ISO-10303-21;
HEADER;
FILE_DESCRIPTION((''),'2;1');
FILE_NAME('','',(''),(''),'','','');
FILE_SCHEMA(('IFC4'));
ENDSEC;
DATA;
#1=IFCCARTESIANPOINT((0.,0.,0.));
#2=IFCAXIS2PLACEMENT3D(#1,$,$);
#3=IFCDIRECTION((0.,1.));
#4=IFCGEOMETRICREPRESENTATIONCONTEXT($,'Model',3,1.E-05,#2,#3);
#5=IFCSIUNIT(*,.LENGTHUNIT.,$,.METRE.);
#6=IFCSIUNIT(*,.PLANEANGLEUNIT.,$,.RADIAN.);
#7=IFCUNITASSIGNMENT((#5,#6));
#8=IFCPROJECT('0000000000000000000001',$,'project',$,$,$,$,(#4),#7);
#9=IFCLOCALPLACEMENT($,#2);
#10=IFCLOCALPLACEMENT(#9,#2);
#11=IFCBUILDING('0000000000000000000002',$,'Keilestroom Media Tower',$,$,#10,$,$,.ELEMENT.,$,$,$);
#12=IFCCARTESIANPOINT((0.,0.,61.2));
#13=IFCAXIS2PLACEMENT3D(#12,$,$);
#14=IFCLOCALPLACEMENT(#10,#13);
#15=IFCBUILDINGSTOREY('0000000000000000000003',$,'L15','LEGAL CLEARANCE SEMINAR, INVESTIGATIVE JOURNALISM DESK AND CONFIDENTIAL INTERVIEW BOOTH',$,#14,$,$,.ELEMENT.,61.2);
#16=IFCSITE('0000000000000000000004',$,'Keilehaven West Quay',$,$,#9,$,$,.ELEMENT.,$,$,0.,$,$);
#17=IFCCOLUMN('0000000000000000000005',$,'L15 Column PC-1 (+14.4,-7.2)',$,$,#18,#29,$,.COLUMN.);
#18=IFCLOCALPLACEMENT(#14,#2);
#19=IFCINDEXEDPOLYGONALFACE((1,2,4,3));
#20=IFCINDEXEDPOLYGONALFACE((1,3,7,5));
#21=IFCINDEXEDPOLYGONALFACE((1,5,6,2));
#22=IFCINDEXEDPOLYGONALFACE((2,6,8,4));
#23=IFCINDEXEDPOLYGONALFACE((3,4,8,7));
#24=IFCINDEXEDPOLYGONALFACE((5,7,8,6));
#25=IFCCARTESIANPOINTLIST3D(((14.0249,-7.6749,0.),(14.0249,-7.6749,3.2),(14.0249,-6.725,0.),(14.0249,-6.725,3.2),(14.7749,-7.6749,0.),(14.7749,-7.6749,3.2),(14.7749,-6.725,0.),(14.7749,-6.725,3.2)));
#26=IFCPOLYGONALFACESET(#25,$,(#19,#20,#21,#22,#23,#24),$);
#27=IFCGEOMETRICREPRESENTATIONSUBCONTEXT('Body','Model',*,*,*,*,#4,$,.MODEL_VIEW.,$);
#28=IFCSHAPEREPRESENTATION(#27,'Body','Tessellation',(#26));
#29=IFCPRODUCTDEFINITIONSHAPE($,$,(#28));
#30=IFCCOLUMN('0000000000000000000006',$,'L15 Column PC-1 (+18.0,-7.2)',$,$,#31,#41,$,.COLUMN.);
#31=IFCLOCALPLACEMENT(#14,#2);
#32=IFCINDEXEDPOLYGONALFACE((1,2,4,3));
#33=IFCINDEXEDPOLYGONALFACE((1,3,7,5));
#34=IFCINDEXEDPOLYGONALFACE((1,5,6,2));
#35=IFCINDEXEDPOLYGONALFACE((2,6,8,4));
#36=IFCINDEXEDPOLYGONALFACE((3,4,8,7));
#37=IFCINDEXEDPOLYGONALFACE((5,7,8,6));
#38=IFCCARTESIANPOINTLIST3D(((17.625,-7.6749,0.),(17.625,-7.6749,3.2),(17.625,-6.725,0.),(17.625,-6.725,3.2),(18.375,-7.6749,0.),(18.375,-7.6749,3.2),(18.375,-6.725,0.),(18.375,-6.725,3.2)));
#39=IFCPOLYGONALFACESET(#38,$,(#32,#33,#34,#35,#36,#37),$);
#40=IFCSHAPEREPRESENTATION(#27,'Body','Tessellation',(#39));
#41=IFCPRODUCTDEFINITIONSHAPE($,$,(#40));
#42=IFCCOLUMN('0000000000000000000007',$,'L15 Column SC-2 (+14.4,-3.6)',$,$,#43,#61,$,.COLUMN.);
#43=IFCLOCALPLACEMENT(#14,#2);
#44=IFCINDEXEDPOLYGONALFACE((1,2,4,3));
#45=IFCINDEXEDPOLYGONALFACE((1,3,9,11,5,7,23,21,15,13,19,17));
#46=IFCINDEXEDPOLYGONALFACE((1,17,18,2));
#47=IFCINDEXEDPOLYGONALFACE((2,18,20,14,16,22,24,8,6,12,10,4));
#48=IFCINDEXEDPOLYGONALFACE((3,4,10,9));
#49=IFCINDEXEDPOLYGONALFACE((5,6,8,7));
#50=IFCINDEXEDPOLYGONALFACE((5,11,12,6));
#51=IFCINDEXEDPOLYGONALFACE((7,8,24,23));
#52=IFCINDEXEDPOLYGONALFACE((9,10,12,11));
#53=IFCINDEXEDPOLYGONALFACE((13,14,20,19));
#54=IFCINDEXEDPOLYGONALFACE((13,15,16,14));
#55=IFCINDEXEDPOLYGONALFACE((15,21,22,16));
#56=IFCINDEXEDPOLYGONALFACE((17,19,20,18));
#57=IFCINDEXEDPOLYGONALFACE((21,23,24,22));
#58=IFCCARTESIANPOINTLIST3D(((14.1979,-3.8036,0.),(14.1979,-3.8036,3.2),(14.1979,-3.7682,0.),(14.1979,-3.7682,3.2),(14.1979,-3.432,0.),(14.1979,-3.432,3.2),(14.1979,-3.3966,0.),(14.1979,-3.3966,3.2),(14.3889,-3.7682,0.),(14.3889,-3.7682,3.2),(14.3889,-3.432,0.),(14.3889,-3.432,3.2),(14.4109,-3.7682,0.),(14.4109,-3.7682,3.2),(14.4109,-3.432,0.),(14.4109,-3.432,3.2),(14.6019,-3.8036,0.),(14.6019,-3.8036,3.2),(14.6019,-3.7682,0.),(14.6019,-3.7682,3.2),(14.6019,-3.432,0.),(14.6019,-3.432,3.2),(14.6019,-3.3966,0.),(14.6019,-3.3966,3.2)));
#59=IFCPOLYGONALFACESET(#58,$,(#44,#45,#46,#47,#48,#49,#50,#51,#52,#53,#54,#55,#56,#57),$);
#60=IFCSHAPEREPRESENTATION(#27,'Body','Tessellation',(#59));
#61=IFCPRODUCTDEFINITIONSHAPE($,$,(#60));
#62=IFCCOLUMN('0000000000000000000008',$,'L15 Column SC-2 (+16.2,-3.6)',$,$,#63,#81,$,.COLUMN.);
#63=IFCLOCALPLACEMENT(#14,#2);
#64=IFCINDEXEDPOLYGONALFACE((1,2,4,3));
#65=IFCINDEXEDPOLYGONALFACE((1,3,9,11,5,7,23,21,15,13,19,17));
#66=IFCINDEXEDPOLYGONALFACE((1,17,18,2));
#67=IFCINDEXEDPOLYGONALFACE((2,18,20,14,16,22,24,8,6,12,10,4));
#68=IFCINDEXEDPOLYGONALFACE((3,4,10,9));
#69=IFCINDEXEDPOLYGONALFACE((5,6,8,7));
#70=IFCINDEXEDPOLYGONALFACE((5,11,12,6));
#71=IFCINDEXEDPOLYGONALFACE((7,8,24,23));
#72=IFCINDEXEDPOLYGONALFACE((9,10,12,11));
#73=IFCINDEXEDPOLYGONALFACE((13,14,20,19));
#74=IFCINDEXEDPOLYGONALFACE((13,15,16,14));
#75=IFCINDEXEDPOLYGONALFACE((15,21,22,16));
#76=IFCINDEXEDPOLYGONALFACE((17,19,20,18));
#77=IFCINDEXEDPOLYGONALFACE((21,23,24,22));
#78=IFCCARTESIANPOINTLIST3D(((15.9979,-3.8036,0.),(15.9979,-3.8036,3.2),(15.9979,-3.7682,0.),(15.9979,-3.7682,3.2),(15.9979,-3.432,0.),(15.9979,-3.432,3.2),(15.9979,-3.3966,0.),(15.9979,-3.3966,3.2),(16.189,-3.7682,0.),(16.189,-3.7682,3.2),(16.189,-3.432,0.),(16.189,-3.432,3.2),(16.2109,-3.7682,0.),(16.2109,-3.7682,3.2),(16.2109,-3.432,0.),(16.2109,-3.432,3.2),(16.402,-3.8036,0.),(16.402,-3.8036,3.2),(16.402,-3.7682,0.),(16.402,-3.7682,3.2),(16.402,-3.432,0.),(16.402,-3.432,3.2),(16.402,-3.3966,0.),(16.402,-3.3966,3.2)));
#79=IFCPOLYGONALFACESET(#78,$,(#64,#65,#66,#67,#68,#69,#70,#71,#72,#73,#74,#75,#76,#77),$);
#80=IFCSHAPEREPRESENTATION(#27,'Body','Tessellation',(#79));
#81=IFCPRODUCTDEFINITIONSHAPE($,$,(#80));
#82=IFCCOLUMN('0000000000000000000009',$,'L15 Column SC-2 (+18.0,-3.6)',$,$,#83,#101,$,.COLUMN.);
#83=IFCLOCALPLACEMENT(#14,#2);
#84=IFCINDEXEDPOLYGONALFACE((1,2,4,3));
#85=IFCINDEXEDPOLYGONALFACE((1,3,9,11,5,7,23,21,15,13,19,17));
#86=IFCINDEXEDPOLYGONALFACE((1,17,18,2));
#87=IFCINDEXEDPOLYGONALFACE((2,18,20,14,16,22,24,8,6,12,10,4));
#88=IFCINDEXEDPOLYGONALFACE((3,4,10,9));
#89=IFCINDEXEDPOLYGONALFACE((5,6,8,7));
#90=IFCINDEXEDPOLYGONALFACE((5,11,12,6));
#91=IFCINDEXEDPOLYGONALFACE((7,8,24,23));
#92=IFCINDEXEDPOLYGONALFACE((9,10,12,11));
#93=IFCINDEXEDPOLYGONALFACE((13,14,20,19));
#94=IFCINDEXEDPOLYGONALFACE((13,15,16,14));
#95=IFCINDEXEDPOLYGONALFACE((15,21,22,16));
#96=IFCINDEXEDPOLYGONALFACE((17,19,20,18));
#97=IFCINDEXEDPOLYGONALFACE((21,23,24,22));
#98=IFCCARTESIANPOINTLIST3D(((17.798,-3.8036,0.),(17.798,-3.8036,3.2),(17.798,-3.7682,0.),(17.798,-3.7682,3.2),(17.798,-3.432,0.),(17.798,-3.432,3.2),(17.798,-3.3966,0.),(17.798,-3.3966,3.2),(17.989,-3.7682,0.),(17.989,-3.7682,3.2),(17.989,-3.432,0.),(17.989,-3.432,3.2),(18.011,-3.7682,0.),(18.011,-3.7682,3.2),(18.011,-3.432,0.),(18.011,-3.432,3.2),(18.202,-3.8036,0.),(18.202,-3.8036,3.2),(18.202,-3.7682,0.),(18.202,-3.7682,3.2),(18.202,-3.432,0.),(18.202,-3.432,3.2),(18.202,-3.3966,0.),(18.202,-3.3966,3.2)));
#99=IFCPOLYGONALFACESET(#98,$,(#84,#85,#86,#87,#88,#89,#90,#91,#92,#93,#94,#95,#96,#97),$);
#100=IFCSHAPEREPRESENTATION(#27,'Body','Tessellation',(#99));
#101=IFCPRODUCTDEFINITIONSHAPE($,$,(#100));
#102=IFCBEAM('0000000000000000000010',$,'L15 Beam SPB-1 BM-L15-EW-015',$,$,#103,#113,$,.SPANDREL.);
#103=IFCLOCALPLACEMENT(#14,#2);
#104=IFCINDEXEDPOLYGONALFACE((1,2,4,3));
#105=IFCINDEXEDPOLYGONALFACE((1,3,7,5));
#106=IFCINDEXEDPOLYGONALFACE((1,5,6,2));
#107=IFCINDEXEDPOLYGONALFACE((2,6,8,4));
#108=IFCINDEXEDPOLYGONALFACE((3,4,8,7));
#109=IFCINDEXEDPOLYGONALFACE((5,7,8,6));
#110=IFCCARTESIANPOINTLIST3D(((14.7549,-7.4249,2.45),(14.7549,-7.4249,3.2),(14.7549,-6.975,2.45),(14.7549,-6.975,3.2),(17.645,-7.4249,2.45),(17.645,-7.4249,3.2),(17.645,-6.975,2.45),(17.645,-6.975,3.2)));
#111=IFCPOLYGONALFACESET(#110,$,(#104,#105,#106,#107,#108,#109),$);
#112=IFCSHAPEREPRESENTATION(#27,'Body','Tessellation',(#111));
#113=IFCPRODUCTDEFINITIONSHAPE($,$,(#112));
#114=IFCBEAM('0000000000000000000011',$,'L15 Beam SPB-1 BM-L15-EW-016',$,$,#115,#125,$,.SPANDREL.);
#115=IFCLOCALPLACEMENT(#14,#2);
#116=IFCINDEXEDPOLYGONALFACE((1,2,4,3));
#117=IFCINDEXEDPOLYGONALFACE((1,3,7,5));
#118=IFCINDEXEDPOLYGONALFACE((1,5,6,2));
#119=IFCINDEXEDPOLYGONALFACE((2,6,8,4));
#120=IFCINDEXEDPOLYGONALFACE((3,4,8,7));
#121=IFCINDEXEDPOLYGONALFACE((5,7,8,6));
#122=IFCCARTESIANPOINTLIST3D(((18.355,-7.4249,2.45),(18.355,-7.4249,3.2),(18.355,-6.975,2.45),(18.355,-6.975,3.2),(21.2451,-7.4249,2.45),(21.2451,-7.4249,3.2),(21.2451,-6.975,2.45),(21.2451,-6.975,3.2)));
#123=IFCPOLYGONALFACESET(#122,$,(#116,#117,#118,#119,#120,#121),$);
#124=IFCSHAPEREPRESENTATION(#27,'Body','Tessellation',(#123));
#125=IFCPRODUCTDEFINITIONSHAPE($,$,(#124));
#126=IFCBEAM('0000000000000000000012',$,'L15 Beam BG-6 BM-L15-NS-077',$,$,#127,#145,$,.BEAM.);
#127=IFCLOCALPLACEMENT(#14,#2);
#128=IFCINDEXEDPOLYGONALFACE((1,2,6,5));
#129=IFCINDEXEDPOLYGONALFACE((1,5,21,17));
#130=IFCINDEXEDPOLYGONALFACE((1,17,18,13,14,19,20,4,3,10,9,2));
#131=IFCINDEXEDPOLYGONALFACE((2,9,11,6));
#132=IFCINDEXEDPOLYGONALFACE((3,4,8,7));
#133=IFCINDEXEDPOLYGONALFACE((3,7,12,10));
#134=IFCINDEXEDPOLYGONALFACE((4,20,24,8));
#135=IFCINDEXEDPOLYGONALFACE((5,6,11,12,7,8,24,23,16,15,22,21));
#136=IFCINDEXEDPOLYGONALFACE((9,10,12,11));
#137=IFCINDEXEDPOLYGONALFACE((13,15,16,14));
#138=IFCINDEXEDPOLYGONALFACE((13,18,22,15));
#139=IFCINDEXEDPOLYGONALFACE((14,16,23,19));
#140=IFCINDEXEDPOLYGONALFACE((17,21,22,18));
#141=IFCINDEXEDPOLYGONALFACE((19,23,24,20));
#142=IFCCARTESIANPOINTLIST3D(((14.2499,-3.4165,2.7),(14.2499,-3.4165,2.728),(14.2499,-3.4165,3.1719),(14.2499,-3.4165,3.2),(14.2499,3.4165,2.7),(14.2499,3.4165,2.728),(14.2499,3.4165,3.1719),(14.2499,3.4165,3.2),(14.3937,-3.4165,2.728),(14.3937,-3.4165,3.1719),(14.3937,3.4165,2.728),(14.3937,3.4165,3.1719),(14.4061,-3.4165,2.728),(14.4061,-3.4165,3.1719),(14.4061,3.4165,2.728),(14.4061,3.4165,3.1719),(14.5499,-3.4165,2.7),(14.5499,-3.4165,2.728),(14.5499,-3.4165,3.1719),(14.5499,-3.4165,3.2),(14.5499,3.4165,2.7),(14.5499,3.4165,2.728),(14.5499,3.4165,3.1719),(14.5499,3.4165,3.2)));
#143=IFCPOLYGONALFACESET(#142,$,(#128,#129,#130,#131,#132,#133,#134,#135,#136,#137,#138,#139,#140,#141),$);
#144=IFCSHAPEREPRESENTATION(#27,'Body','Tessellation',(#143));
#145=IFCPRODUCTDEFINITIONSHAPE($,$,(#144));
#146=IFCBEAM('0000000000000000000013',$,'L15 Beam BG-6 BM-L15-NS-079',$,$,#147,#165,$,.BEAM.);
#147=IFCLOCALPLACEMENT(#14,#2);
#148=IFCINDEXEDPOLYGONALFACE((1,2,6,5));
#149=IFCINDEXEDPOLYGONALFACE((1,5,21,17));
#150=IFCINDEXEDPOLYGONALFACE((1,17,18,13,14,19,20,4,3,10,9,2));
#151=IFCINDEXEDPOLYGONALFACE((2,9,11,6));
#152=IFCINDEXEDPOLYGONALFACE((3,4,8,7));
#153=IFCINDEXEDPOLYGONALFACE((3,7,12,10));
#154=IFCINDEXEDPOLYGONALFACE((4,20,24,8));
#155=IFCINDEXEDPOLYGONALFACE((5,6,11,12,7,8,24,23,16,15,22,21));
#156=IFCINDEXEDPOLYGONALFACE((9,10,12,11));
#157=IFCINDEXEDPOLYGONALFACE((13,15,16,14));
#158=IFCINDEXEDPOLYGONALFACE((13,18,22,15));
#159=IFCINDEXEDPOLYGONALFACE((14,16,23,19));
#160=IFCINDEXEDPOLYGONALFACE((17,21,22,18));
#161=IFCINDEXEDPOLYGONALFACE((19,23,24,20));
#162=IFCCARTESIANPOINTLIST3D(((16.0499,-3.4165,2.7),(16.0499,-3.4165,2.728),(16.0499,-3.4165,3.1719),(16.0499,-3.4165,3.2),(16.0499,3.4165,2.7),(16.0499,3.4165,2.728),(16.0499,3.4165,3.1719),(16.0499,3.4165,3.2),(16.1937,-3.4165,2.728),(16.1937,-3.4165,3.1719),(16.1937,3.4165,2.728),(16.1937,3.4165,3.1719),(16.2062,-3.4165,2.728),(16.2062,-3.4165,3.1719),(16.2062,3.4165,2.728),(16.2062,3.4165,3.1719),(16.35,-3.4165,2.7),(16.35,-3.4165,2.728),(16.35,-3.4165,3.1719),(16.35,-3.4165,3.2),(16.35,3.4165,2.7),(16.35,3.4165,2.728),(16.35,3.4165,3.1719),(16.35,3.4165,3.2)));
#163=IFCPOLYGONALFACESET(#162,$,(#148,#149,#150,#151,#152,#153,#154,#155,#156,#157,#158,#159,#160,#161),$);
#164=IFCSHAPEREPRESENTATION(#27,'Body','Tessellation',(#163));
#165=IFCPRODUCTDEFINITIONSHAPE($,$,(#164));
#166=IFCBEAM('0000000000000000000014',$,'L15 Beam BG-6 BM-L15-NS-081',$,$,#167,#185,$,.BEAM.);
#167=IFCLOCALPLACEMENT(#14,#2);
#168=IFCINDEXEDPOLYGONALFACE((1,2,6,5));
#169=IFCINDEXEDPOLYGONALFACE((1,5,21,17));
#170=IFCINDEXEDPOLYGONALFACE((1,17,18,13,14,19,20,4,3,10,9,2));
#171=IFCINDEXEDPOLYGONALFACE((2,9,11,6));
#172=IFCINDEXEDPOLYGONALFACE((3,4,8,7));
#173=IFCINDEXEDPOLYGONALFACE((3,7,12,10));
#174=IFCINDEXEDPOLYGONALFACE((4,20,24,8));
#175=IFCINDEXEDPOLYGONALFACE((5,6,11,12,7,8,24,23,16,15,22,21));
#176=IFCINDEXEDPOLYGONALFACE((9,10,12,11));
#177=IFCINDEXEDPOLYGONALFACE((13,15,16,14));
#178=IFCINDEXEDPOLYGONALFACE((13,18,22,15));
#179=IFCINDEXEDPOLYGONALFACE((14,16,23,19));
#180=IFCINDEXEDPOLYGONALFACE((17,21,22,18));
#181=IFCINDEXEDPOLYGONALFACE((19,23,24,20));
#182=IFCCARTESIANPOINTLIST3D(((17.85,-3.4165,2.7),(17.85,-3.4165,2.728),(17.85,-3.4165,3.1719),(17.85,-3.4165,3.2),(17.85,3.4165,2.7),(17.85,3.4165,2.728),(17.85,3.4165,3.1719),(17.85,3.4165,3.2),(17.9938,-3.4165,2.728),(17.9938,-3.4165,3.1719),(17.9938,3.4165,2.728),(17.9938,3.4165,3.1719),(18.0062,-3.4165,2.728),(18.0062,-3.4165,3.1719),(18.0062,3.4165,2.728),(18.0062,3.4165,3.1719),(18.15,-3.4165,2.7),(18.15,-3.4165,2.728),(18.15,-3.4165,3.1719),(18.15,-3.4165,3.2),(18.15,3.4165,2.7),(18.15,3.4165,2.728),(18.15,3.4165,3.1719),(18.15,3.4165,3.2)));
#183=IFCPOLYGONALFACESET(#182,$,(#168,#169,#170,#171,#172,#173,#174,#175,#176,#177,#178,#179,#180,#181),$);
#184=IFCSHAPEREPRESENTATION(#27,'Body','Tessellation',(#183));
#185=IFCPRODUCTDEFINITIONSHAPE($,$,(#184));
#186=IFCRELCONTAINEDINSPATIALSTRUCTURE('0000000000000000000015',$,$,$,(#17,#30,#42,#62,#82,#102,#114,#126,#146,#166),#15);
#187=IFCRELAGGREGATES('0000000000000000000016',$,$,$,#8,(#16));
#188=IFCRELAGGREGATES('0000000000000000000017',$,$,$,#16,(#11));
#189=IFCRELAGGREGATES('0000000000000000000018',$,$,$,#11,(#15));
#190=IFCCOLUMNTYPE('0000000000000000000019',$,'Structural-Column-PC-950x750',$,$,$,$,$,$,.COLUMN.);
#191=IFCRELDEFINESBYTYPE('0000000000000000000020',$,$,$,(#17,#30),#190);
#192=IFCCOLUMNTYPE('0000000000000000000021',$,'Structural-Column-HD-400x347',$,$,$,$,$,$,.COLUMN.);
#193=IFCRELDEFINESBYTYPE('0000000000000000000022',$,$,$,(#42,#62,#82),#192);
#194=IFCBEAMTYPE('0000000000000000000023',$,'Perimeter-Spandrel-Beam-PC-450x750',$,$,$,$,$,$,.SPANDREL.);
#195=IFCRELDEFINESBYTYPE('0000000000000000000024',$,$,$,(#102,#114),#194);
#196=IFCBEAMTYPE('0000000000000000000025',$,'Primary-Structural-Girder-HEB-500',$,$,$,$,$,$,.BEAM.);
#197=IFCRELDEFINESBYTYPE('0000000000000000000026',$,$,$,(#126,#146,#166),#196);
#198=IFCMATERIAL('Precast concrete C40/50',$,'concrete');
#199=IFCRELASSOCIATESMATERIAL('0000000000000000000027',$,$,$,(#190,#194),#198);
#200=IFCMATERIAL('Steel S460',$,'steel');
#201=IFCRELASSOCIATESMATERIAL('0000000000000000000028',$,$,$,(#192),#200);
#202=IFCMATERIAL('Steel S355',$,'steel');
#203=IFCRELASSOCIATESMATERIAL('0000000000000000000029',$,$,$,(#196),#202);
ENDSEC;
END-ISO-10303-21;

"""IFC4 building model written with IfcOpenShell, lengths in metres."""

from ifc_helpers import new_model, si_unit, direction, frame, origin, origin_2d, place, context, subcontext, project, spatial, rectangle, i_section, extrude, source, transform, mapped, material, material_profile, profile_set, type_object, element, save


model = new_model("IFC4")

# Units and contexts
model_context = context("Model", 3, precision=1e-05, world=origin(), true_north=direction((0.0, 1.0)))
body_context = subcontext(model_context, "Body", "Model", "MODEL_VIEW")
ifc_project = project(units=[si_unit("LENGTHUNIT", "METRE"), si_unit("PLANEANGLEUNIT", "RADIAN")], contexts=[model_context])

# Site, building, storey
site_placement = place(None, origin())
site = spatial("IfcSite", under=ifc_project, at=site_placement, Name="Keilehaven West Quay", CompositionType="ELEMENT", RefElevation=0.0)
building_placement = place(site_placement, origin())
building = spatial("IfcBuilding", under=site, at=building_placement, Name="Keilestroom Media Tower", CompositionType="ELEMENT")
storey_placement = place(building_placement, frame((0.0, 0.0, 61.2)))
storey = spatial("IfcBuildingStorey", under=building, at=storey_placement, Name="L15", Description="LEGAL CLEARANCE SEMINAR, INVESTIGATIVE JOURNALISM DESK AND CONFIDENTIAL INTERVIEW BOOTH", CompositionType="ELEMENT", Elevation=61.2)

# Columns
ifc_material_1 = material(Name="Precast concrete C40/50", Category="concrete")
ifc_material_profile_1 = material_profile(ifc_material_1, rectangle(XDim=0.75, YDim=0.95, at=origin_2d()), Name="PC 950x750")
ifc_profile_set_1 = profile_set([ifc_material_profile_1], Name="Precast concrete C40/50")
column_type_1 = type_object("IfcColumnType", Name="Structural-Column-PC-950x750", PredefinedType="COLUMN", material=ifc_profile_set_1)
shared_shape_1 = source(origin(), body_context, "Body", "SweptSolid", [
    extrude(rectangle(XDim=0.75, YDim=0.95, at=origin_2d()), origin(), (0.0, 0.0, 1.0), 3.2),
])
for number, where, z_axis, x_axis, name in (
    (1, (14.3999, -7.2, 0.0), (0.0, 0.0, 1.0), (1.0, 0.0, 0.0), "L15 Column PC-1 (+14.4,-7.2)"),
    (2, (18.0, -7.2, 0.0), (0.0, 0.0, 1.0), (1.0, 0.0, 0.0), "L15 Column PC-1 (+18.0,-7.2)"),
):
    element("IfcColumn", number, at=place(storey_placement, frame(where, z_axis=z_axis, x_axis=x_axis)), inside=storey, type_object=column_type_1, Name=name, PredefinedType="COLUMN", context=body_context, shape_type="MappedRepresentation", body=[
        mapped(shared_shape_1, transform((0.0, 0.0, 0.0), x_axis=(1.0, 0.0, 0.0), y_axis=(0.0, 1.0, 0.0), z_axis=(0.0, 0.0, 1.0), scale=1.0)),
    ])
ifc_material_2 = material(Name="Steel S460", Category="steel")
ifc_material_profile_2 = material_profile(ifc_material_2, i_section(OverallWidth=0.4041, OverallDepth=0.407, WebThickness=0.022, FlangeThickness=0.0354, at=origin_2d()), Name="HD 400x347")
ifc_profile_set_2 = profile_set([ifc_material_profile_2], Name="Steel S460")
column_type_2 = type_object("IfcColumnType", Name="Structural-Column-HD-400x347", PredefinedType="COLUMN", material=ifc_profile_set_2)
shared_shape_2 = source(origin(), body_context, "Body", "SweptSolid", [
    extrude(i_section(OverallWidth=0.4041, OverallDepth=0.407, WebThickness=0.022, FlangeThickness=0.0354, at=origin_2d()), origin(), (0.0, 0.0, 1.0), 3.2),
])
for number, where, z_axis, x_axis, name in (
    (3, (14.3999, -3.6001, 0.0), (0.0, 0.0, 1.0), (1.0, 0.0, 0.0), "L15 Column SC-2 (+14.4,-3.6)"),
    (4, (16.2, -3.6001, 0.0), (0.0, 0.0, 1.0), (1.0, 0.0, 0.0), "L15 Column SC-2 (+16.2,-3.6)"),
    (5, (18.0, -3.6001, 0.0), (0.0, 0.0, 1.0), (1.0, 0.0, 0.0), "L15 Column SC-2 (+18.0,-3.6)"),
):
    element("IfcColumn", number, at=place(storey_placement, frame(where, z_axis=z_axis, x_axis=x_axis)), inside=storey, type_object=column_type_2, Name=name, PredefinedType="COLUMN", context=body_context, shape_type="MappedRepresentation", body=[
        mapped(shared_shape_2, transform((0.0, 0.0, 0.0), x_axis=(1.0, 0.0, 0.0), y_axis=(0.0, 1.0, 0.0), z_axis=(0.0, 0.0, 1.0), scale=1.0)),
    ])

# Beams
ifc_material_profile_3 = material_profile(ifc_material_1, rectangle(XDim=0.45, YDim=0.75, at=origin_2d()), Name="PC 450x750")
ifc_profile_set_3 = profile_set([ifc_material_profile_3], Name="Precast concrete C40/50")
beam_type_1 = type_object("IfcBeamType", Name="Perimeter-Spandrel-Beam-PC-450x750", PredefinedType="SPANDREL", material=ifc_profile_set_3)
shared_shape_3 = source(origin(), body_context, "Body", "SweptSolid", [
    extrude(rectangle(XDim=0.45, YDim=0.75, at=origin_2d()), origin(), (0.0, 0.0, 1.0), 2.8901),
])
for number, where, z_axis, x_axis, name in (
    (6, (14.7549, -7.2, 2.825), (1.0, 0.0, 0.0), (0.0, 1.0, 0.0), "L15 Beam SPB-1 BM-L15-EW-015"),
    (7, (18.355, -7.2, 2.825), (1.0, 0.0, 0.0), (0.0, 1.0, 0.0), "L15 Beam SPB-1 BM-L15-EW-016"),
):
    element("IfcBeam", number, at=place(storey_placement, frame(where, z_axis=z_axis, x_axis=x_axis)), inside=storey, type_object=beam_type_1, Name=name, PredefinedType="SPANDREL", context=body_context, shape_type="MappedRepresentation", body=[
        mapped(shared_shape_3, transform((0.0, 0.0, 0.0), x_axis=(1.0, 0.0, 0.0), y_axis=(0.0, 1.0, 0.0), z_axis=(0.0, 0.0, 1.0), scale=1.0)),
    ])
ifc_material_3 = material(Name="Steel S355", Category="steel")
ifc_material_profile_4 = material_profile(ifc_material_3, i_section(OverallWidth=0.3, OverallDepth=0.5, WebThickness=0.0125, FlangeThickness=0.0281, at=origin_2d()), Name="HEB 500")
ifc_profile_set_4 = profile_set([ifc_material_profile_4], Name="Steel S355")
beam_type_2 = type_object("IfcBeamType", Name="Primary-Structural-Girder-HEB-500", PredefinedType="BEAM", material=ifc_profile_set_4)
shared_shape_4 = source(origin(), body_context, "Body", "SweptSolid", [
    extrude(i_section(OverallWidth=0.3, OverallDepth=0.5, WebThickness=0.0125, FlangeThickness=0.0281, at=origin_2d()), origin(), (0.0, 0.0, 1.0), 6.833),
])
for number, where, z_axis, x_axis, name in (
    (8, (14.3999, -3.4165, 2.95), (0.0, 1.0, 0.0), (-1.0, 0.0, 0.0), "L15 Beam BG-6 BM-L15-NS-077"),
    (9, (16.2, -3.4165, 2.95), (0.0, 1.0, 0.0), (-1.0, 0.0, 0.0), "L15 Beam BG-6 BM-L15-NS-079"),
    (10, (18.0, -3.4165, 2.95), (0.0, 1.0, 0.0), (-1.0, 0.0, 0.0), "L15 Beam BG-6 BM-L15-NS-081"),
):
    element("IfcBeam", number, at=place(storey_placement, frame(where, z_axis=z_axis, x_axis=x_axis)), inside=storey, type_object=beam_type_2, Name=name, PredefinedType="BEAM", context=body_context, shape_type="MappedRepresentation", body=[
        mapped(shared_shape_4, transform((0.0, 0.0, 0.0), x_axis=(1.0, 0.0, 0.0), y_axis=(0.0, 1.0, 0.0), z_axis=(0.0, 0.0, 1.0), scale=1.0)),
    ])

save(model, "model.ifc")
